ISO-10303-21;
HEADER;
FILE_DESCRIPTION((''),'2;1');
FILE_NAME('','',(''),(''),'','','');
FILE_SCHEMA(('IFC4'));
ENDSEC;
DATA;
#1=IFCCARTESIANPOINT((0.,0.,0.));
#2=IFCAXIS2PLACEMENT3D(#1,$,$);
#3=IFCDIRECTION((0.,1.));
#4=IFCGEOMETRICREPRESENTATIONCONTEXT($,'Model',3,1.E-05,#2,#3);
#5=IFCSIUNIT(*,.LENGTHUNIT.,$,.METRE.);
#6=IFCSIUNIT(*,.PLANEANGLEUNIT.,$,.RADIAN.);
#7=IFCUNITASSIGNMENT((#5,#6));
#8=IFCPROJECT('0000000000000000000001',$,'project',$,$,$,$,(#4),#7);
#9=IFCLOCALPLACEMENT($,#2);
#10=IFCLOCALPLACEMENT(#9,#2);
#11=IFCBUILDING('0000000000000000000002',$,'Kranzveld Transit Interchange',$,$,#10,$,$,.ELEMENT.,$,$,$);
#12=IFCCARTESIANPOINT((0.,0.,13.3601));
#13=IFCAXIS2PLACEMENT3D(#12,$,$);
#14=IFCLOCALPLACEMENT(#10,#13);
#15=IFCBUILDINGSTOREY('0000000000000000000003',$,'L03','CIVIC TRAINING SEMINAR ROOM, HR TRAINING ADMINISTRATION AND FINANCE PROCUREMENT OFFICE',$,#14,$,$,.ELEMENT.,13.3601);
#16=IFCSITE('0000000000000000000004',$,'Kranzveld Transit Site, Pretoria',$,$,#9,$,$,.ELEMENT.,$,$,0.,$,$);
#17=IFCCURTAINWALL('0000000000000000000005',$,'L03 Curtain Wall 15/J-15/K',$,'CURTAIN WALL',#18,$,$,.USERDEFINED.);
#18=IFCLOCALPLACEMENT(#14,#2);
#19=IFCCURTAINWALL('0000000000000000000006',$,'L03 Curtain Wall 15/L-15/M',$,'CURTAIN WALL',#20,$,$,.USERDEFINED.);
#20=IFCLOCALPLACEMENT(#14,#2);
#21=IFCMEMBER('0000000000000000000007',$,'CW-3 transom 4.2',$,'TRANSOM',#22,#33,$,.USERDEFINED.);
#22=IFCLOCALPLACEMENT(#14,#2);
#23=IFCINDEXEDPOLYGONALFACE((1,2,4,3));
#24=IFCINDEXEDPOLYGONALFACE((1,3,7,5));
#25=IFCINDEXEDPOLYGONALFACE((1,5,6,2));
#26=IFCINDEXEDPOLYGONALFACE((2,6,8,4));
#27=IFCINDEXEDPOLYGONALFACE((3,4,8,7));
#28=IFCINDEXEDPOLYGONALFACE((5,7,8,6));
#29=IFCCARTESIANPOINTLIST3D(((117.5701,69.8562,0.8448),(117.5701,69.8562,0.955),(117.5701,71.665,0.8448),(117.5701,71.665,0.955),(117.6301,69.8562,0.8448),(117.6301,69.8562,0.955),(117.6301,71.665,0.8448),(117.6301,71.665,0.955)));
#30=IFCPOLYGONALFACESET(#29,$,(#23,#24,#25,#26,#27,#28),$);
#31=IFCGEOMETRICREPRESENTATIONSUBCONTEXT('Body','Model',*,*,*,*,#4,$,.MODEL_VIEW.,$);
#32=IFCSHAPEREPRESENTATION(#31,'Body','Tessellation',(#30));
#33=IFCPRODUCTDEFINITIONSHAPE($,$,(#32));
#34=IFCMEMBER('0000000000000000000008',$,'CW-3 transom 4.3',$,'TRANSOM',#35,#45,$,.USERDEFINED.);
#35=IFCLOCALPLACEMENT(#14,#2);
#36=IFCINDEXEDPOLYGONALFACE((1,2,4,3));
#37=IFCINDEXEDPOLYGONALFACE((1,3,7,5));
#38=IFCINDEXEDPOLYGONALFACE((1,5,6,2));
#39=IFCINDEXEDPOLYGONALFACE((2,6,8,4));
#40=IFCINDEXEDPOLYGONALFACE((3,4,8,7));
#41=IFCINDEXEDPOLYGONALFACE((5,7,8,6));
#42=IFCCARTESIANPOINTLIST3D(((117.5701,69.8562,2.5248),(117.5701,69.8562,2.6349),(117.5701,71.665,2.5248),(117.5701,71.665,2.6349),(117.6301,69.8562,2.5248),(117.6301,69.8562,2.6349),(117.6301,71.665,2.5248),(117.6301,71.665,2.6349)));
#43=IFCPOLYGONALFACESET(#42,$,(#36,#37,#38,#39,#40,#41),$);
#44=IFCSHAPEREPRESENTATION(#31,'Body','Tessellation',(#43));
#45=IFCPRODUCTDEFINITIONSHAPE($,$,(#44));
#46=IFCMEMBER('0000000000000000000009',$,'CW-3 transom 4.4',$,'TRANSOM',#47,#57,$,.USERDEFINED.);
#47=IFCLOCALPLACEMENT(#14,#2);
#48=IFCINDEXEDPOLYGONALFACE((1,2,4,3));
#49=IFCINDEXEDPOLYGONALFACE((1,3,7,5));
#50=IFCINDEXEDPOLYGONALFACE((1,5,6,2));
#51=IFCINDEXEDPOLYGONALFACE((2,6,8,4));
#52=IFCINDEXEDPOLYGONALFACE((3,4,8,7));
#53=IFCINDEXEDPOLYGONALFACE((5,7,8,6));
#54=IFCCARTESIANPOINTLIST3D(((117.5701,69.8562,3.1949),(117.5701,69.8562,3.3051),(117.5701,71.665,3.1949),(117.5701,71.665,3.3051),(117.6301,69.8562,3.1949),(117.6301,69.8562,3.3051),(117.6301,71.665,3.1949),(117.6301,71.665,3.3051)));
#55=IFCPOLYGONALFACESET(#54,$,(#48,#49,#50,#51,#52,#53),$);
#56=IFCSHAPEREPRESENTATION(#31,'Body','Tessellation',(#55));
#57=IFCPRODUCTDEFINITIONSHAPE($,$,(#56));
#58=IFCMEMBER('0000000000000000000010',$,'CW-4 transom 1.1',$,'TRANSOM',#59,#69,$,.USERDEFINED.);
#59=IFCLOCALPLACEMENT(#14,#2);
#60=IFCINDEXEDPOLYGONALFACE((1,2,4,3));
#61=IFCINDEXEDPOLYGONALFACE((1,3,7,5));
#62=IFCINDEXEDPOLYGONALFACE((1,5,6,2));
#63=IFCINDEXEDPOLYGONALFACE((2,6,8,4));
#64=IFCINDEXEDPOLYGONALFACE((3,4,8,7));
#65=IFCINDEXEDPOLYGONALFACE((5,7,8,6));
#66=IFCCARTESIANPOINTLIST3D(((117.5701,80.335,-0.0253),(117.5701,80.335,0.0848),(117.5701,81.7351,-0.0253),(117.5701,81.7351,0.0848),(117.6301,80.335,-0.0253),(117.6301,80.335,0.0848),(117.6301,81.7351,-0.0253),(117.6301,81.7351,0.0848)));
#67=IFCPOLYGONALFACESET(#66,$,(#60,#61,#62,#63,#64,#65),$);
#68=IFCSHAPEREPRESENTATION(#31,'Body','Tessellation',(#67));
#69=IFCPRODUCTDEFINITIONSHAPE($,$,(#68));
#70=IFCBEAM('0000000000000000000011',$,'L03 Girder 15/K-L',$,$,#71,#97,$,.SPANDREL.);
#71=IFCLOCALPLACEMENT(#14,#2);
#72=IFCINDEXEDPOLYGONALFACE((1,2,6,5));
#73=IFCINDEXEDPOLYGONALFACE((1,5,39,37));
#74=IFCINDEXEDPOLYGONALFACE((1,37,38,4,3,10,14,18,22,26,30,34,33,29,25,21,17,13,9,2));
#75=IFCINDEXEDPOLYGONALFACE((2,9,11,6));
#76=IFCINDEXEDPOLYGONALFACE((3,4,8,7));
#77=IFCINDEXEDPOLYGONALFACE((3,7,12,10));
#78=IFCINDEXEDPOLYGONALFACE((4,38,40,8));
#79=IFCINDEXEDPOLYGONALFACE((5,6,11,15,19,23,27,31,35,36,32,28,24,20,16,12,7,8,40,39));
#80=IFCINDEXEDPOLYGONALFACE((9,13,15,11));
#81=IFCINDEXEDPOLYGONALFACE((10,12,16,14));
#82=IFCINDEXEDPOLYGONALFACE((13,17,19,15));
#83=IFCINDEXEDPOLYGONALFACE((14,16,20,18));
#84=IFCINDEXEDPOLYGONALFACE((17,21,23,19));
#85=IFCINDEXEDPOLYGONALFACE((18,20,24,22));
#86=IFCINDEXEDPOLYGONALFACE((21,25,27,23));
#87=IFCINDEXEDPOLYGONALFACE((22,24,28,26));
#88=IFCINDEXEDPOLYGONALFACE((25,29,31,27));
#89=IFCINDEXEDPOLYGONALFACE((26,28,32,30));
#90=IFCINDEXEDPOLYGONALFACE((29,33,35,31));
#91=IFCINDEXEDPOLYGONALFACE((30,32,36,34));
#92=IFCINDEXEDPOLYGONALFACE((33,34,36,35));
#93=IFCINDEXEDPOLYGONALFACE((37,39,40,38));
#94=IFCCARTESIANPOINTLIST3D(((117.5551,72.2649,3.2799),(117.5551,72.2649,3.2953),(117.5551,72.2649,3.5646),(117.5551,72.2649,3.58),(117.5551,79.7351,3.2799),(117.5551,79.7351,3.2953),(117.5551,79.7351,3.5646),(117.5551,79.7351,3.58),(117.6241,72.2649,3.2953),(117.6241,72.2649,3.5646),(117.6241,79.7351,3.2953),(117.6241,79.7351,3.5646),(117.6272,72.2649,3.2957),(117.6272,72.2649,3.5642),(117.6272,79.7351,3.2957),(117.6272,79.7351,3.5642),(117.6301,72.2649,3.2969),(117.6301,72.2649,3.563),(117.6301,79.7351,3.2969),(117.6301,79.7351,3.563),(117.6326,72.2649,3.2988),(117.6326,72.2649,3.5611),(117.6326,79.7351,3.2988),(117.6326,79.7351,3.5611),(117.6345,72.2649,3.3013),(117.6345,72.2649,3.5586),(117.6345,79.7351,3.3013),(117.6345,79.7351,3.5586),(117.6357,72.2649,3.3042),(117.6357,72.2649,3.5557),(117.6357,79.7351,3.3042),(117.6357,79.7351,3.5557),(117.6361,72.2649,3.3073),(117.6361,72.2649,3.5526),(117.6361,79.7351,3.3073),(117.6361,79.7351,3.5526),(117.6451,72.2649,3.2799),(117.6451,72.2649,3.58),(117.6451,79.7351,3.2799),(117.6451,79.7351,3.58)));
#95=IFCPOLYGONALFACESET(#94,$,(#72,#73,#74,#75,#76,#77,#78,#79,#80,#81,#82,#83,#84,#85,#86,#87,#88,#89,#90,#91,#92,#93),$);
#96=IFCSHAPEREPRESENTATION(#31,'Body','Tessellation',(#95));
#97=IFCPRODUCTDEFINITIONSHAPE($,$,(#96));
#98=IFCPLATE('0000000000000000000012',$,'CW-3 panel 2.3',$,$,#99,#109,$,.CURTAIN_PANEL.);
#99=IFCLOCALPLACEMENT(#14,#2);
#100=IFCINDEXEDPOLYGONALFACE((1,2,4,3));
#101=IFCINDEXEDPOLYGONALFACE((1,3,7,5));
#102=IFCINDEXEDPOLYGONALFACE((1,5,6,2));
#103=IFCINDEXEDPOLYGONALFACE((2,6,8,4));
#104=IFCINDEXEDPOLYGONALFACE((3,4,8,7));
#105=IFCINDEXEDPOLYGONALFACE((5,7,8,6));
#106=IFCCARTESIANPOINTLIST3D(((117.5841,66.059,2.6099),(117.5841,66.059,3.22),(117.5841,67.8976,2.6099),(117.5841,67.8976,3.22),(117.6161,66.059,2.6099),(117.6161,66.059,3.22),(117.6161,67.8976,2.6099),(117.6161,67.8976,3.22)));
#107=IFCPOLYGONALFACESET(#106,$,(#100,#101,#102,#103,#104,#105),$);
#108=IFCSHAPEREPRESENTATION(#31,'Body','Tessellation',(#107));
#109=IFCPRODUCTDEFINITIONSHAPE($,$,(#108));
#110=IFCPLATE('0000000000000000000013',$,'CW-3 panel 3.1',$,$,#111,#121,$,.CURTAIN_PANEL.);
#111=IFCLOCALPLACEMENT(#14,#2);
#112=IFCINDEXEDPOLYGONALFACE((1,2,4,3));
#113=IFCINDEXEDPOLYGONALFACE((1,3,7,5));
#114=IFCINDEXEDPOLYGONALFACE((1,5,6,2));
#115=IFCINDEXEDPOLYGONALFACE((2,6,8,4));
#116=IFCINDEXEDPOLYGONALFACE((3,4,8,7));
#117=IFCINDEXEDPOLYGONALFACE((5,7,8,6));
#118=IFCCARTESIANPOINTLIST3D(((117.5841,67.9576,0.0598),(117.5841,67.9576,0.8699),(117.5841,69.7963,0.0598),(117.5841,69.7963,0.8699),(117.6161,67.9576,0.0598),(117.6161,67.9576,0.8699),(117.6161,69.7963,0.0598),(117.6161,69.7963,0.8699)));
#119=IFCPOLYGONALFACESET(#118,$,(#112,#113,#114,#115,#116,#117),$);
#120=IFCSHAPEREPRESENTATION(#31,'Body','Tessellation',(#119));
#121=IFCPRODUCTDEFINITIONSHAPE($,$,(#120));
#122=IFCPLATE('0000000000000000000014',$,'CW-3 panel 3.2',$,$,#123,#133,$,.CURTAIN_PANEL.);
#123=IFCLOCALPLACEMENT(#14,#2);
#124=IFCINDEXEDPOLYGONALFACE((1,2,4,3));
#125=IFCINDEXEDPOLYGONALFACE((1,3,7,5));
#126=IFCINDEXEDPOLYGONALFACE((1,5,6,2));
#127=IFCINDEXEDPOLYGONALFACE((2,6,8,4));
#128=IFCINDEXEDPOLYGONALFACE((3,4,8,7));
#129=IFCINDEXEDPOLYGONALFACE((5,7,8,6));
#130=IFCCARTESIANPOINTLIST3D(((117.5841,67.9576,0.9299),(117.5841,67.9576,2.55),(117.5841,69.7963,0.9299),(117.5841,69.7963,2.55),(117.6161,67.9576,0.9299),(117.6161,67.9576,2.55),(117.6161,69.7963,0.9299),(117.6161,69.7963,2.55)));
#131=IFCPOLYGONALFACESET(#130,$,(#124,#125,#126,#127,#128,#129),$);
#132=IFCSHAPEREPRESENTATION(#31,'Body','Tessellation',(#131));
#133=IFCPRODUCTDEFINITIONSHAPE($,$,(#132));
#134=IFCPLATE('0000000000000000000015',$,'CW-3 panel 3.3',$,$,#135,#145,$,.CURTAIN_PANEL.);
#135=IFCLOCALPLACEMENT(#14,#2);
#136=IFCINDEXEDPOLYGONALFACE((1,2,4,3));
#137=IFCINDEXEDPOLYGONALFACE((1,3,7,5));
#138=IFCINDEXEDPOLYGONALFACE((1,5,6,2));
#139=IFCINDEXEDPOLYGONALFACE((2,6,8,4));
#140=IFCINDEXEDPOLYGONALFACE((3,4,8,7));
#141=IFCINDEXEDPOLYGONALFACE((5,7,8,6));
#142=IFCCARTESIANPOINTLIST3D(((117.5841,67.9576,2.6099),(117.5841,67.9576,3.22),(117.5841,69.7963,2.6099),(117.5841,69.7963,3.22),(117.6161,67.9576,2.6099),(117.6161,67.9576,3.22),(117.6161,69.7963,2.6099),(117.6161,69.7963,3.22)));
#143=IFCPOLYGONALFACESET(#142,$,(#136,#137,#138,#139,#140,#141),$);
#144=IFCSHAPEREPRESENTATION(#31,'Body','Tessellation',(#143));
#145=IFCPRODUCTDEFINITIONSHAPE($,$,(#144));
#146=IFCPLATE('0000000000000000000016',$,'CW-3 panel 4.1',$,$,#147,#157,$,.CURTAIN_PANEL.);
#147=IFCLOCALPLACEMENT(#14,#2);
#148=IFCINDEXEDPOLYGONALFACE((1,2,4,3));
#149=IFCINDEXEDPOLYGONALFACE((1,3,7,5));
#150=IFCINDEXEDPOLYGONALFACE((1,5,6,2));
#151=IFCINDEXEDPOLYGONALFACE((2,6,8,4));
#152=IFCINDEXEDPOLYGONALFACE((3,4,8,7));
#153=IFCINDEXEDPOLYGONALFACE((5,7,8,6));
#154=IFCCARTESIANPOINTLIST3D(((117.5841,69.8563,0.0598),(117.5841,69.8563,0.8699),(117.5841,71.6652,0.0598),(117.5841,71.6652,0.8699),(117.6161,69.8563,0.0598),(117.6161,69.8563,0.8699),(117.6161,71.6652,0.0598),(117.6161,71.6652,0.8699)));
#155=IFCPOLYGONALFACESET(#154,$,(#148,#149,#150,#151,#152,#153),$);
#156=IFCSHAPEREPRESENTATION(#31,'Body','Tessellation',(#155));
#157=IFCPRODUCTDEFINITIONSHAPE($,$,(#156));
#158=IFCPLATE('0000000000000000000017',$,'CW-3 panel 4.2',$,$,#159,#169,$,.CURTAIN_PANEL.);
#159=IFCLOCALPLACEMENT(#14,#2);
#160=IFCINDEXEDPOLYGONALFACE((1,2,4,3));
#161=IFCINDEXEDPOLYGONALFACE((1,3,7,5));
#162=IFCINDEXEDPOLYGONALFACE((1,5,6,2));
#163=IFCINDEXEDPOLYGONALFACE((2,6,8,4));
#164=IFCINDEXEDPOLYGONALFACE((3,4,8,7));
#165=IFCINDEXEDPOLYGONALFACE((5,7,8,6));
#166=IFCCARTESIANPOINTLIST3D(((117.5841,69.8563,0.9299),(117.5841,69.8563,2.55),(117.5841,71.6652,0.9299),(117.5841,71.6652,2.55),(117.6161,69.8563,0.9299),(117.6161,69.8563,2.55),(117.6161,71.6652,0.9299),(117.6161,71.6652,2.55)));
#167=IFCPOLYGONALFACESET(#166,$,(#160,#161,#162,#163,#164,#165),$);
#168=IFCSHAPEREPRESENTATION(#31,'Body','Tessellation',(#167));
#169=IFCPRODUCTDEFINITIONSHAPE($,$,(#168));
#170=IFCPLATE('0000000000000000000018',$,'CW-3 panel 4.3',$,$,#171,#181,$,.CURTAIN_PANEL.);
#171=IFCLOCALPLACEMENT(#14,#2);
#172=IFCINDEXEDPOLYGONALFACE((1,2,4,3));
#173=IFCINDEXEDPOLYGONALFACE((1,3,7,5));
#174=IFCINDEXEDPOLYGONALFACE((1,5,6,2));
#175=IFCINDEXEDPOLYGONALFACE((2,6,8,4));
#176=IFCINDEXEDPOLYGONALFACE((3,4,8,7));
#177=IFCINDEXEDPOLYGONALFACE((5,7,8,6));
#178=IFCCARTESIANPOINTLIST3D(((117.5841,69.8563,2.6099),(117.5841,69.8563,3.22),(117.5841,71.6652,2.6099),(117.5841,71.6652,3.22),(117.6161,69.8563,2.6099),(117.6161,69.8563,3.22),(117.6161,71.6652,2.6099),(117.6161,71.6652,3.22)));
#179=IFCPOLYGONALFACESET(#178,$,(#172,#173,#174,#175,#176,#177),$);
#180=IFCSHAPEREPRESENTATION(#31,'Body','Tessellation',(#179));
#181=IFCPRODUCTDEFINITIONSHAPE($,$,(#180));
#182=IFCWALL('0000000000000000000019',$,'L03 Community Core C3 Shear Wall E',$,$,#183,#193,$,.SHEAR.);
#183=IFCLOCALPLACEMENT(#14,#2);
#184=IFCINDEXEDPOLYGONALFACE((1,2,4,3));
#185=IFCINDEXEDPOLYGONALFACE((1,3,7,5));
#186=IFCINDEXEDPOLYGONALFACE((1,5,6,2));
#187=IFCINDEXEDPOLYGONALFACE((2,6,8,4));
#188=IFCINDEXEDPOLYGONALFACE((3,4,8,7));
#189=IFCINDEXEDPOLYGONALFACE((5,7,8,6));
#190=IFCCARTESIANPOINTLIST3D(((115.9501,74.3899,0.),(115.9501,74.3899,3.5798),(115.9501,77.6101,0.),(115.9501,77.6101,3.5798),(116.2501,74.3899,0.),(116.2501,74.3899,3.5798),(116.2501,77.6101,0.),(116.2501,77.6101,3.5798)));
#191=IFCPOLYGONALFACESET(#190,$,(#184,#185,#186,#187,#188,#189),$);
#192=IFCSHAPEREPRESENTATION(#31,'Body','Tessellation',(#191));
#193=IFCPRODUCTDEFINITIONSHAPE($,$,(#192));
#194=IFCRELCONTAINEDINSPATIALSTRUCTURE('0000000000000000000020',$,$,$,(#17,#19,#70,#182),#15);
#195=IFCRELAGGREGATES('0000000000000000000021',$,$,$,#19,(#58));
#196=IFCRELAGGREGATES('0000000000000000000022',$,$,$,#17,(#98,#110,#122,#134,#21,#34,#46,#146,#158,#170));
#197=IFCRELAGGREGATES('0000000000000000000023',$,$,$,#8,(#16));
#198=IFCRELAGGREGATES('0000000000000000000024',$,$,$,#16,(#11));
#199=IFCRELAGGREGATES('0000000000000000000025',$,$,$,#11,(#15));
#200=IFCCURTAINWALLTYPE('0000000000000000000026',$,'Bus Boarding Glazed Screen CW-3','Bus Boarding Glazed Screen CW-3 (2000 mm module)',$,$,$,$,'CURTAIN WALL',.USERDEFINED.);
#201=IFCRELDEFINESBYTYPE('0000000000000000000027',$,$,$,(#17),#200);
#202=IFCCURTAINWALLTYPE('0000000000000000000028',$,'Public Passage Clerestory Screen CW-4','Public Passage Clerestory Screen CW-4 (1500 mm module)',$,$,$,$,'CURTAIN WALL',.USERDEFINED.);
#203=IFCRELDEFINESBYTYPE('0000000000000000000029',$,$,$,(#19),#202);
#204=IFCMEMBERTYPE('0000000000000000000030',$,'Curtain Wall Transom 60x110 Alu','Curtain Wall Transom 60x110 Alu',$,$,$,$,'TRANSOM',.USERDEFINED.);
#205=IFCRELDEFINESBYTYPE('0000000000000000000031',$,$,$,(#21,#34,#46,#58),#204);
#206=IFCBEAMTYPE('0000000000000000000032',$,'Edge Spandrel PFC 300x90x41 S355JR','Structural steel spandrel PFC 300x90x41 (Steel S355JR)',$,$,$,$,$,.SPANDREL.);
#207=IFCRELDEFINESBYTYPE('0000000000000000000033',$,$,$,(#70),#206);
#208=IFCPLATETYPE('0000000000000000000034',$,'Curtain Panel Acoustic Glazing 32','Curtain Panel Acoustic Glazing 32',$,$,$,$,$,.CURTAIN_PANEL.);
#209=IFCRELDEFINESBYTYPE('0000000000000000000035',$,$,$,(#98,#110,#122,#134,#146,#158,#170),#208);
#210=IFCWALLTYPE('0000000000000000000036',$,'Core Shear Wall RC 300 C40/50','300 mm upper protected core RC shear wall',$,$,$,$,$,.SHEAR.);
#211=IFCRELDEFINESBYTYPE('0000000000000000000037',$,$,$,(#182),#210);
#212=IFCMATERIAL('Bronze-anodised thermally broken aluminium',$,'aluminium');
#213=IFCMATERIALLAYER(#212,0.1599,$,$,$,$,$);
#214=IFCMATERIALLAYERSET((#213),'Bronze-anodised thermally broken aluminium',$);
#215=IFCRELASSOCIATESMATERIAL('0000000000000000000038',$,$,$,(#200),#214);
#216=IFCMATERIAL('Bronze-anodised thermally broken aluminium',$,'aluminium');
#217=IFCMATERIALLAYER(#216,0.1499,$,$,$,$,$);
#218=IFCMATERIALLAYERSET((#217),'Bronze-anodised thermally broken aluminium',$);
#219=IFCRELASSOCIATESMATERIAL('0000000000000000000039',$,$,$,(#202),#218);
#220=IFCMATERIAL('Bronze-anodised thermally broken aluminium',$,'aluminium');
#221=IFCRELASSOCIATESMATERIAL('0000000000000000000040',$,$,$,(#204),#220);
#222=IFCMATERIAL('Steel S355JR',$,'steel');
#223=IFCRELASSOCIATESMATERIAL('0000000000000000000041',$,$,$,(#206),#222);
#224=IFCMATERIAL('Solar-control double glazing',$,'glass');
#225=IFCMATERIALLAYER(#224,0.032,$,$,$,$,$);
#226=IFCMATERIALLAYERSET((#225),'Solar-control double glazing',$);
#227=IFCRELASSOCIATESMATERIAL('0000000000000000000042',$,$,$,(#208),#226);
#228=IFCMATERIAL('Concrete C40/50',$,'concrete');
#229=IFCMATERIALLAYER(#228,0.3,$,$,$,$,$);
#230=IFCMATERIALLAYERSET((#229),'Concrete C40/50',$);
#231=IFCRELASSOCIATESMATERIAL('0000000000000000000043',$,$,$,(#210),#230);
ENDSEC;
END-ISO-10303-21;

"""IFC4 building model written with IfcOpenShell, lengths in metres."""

from ifc_helpers import new_model, si_unit, direction, frame, frame_2d, origin, origin_2d, place, context, subcontext, project, spatial, rectangle, u_section, extrude, material, layer, layer_set, material_profile, profile_set, type_object, element, aggregate, save


model = new_model("IFC4")

# Units and contexts
model_context = context("Model", 3, precision=1e-05, world=origin(), true_north=direction((0.0, 1.0)))
body_context = subcontext(model_context, "Body", "Model", "MODEL_VIEW")
ifc_project = project(units=[si_unit("LENGTHUNIT", "METRE"), si_unit("PLANEANGLEUNIT", "RADIAN")], contexts=[model_context])

# Site, building, storey
site_placement = place(None, origin())
site = spatial("IfcSite", under=ifc_project, at=site_placement, Name="Kranzveld Transit Site, Pretoria", CompositionType="ELEMENT", RefElevation=0.0)
building_placement = place(site_placement, origin())
building = spatial("IfcBuilding", under=site, at=building_placement, Name="Kranzveld Transit Interchange", CompositionType="ELEMENT")
storey_placement = place(building_placement, frame((0.0, 0.0, 13.3601)))
storey = spatial("IfcBuildingStorey", under=building, at=storey_placement, Name="L03", Description="CIVIC TRAINING SEMINAR ROOM, HR TRAINING ADMINISTRATION AND FINANCE PROCUREMENT OFFICE", CompositionType="ELEMENT", Elevation=13.3601)

# Curtain wall
ifc_material_1 = material(Name="Bronze-anodised thermally broken aluminium", Category="aluminium")
ifc_layer_1 = layer(ifc_material_1, 0.1599)
ifc_layer_set_1 = layer_set([ifc_layer_1], Name="Bronze-anodised thermally broken aluminium")
curtain_wall_type_1 = type_object("IfcCurtainWallType", Name="Bus Boarding Glazed Screen CW-3", Description="Bus Boarding Glazed Screen CW-3 (2000 mm module)", ElementType="CURTAIN WALL", PredefinedType="USERDEFINED", material=ifc_layer_set_1)
curtain_wall_1_placement = place(storey_placement, origin())
curtain_wall_1 = element("IfcCurtainWall", 1, at=curtain_wall_1_placement, inside=storey, type_object=curtain_wall_type_1, Name="L03 Curtain Wall 15/J-15/K", ObjectType="CURTAIN WALL", PredefinedType="USERDEFINED")

# Curtain wall
ifc_material_2 = material(Name="Bronze-anodised thermally broken aluminium", Category="aluminium")
ifc_layer_2 = layer(ifc_material_2, 0.1499)
ifc_layer_set_2 = layer_set([ifc_layer_2], Name="Bronze-anodised thermally broken aluminium")
curtain_wall_type_2 = type_object("IfcCurtainWallType", Name="Public Passage Clerestory Screen CW-4", Description="Public Passage Clerestory Screen CW-4 (1500 mm module)", ElementType="CURTAIN WALL", PredefinedType="USERDEFINED", material=ifc_layer_set_2)
curtain_wall_2_placement = place(storey_placement, origin())
curtain_wall_2 = element("IfcCurtainWall", 2, at=curtain_wall_2_placement, inside=storey, type_object=curtain_wall_type_2, Name="L03 Curtain Wall 15/L-15/M", ObjectType="CURTAIN WALL", PredefinedType="USERDEFINED")

# Members
ifc_material_3 = material(Name="Bronze-anodised thermally broken aluminium", Category="aluminium")
ifc_material_profile_1 = material_profile(ifc_material_3, rectangle(XDim=0.0601, YDim=0.1101, at=origin_2d()), Name="ALU TRANSOM 60x110")
ifc_profile_set_1 = profile_set([ifc_material_profile_1], Name="Bronze-anodised thermally broken aluminium")
member_type_1 = type_object("IfcMemberType", Name="Curtain Wall Transom 60x110 Alu", Description="Curtain Wall Transom 60x110 Alu", ElementType="TRANSOM", PredefinedType="USERDEFINED", material=ifc_profile_set_1)
member_1_placement = place(storey_placement, frame((117.6001, 69.8562, 0.8999), z_axis=(0.0, 1.0, 0.0), x_axis=(-1.0, 0.0, 0.0)))
member_1 = element("IfcMember", 3, at=member_1_placement, type_object=member_type_1, Name="CW-3 transom 4.2", ObjectType="TRANSOM", PredefinedType="USERDEFINED", context=body_context, shape_type="SweptSolid", body=[
    extrude(rectangle(XDim=0.0601, YDim=0.1101, at=origin_2d()), origin(), (0.0, 0.0, 1.0), 1.8088),
])
member_2_placement = place(storey_placement, frame((117.6001, 69.8562, 2.5798), z_axis=(0.0, 1.0, 0.0), x_axis=(-1.0, 0.0, 0.0)))
member_2 = element("IfcMember", 4, at=member_2_placement, type_object=member_type_1, Name="CW-3 transom 4.3", ObjectType="TRANSOM", PredefinedType="USERDEFINED", context=body_context, shape_type="SweptSolid", body=[
    extrude(rectangle(XDim=0.0601, YDim=0.1101, at=origin_2d()), origin(), (0.0, 0.0, 1.0), 1.8088),
])
member_3_placement = place(storey_placement, frame((117.6001, 69.8562, 3.25), z_axis=(0.0, 1.0, 0.0), x_axis=(-1.0, 0.0, 0.0)))
member_3 = element("IfcMember", 5, at=member_3_placement, type_object=member_type_1, Name="CW-3 transom 4.4", ObjectType="TRANSOM", PredefinedType="USERDEFINED", context=body_context, shape_type="SweptSolid", body=[
    extrude(rectangle(XDim=0.0601, YDim=0.1101, at=origin_2d()), origin(), (0.0, 0.0, 1.0), 1.8088),
])
member_4_placement = place(storey_placement, frame((117.6001, 80.335, 0.0298), z_axis=(0.0, 1.0, 0.0), x_axis=(-1.0, 0.0, 0.0)))
member_4 = element("IfcMember", 6, at=member_4_placement, type_object=member_type_1, Name="CW-4 transom 1.1", ObjectType="TRANSOM", PredefinedType="USERDEFINED", context=body_context, shape_type="SweptSolid", body=[
    extrude(rectangle(XDim=0.0601, YDim=0.1101, at=origin_2d()), origin(), (0.0, 0.0, 1.0), 1.4001),
])
aggregate(curtain_wall_2, [member_4])

# Beam
ifc_material_4 = material(Name="Steel S355JR", Category="steel")
ifc_material_profile_2 = material_profile(ifc_material_4, u_section(Depth=0.3, FlangeWidth=0.0901, WebThickness=0.009, FlangeThickness=0.0154, FilletRadius=0.012, at=origin_2d()), Name="PFC 300x90x41")
ifc_profile_set_2 = profile_set([ifc_material_profile_2], Name="Steel S355JR")
beam_type_1 = type_object("IfcBeamType", Name="Edge Spandrel PFC 300x90x41 S355JR", Description="Structural steel spandrel PFC 300x90x41 (Steel S355JR)", PredefinedType="SPANDREL", material=ifc_profile_set_2)
beam_1_placement = place(storey_placement, frame((117.6001, 72.2649, 3.4299), z_axis=(0.0, 1.0, 0.0), x_axis=(-1.0, 0.0, 0.0)))
element("IfcBeam", 7, at=beam_1_placement, inside=storey, type_object=beam_type_1, Name="L03 Girder 15/K-L", PredefinedType="SPANDREL", context=body_context, shape_type="SweptSolid", body=[
    extrude(u_section(Depth=0.3, FlangeWidth=0.0901, WebThickness=0.009, FlangeThickness=0.0154, FilletRadius=0.012, at=origin_2d()), origin(), (0.0, 0.0, 1.0), 7.4702),
])

# Plates
ifc_material_5 = material(Name="Solar-control double glazing", Category="glass")
ifc_layer_3 = layer(ifc_material_5, 0.032)
ifc_layer_set_3 = layer_set([ifc_layer_3], Name="Solar-control double glazing")
plate_type = type_object("IfcPlateType", Name="Curtain Panel Acoustic Glazing 32", Description="Curtain Panel Acoustic Glazing 32", PredefinedType="CURTAIN_PANEL", material=ifc_layer_set_3)
plate_1_placement = place(storey_placement, frame((117.6001, 66.9783, 2.6099), z_axis=(0.0, 0.0, 1.0), x_axis=(0.0, 1.0, 0.0)))
plate_1 = element("IfcPlate", 8, at=plate_1_placement, type_object=plate_type, Name="CW-3 panel 2.3", PredefinedType="CURTAIN_PANEL", context=body_context, shape_type="SweptSolid", body=[
    extrude(rectangle(XDim=1.8386, YDim=0.032, at=origin_2d()), origin(), (0.0, 0.0, 1.0), 0.6101),
])
plate_2_placement = place(storey_placement, frame((117.6001, 68.877, 0.0598), z_axis=(0.0, 0.0, 1.0), x_axis=(0.0, 1.0, 0.0)))
plate_2 = element("IfcPlate", 9, at=plate_2_placement, type_object=plate_type, Name="CW-3 panel 3.1", PredefinedType="CURTAIN_PANEL", context=body_context, shape_type="SweptSolid", body=[
    extrude(rectangle(XDim=1.8386, YDim=0.032, at=origin_2d()), origin(), (0.0, 0.0, 1.0), 0.8101),
])
plate_3_placement = place(storey_placement, frame((117.6001, 68.877, 0.9299), z_axis=(0.0, 0.0, 1.0), x_axis=(0.0, 1.0, 0.0)))
plate_3 = element("IfcPlate", 10, at=plate_3_placement, type_object=plate_type, Name="CW-3 panel 3.2", PredefinedType="CURTAIN_PANEL", context=body_context, shape_type="SweptSolid", body=[
    extrude(rectangle(XDim=1.8386, YDim=0.032, at=origin_2d()), origin(), (0.0, 0.0, 1.0), 1.6201),
])
plate_4_placement = place(storey_placement, frame((117.6001, 68.877, 2.6099), z_axis=(0.0, 0.0, 1.0), x_axis=(0.0, 1.0, 0.0)))
plate_4 = element("IfcPlate", 11, at=plate_4_placement, type_object=plate_type, Name="CW-3 panel 3.3", PredefinedType="CURTAIN_PANEL", context=body_context, shape_type="SweptSolid", body=[
    extrude(rectangle(XDim=1.8386, YDim=0.032, at=origin_2d()), origin(), (0.0, 0.0, 1.0), 0.6101),
])
plate_5_placement = place(storey_placement, frame((117.6001, 70.7607, 0.0598), z_axis=(0.0, 0.0, 1.0), x_axis=(0.0, 1.0, 0.0)))
plate_5 = element("IfcPlate", 12, at=plate_5_placement, type_object=plate_type, Name="CW-3 panel 4.1", PredefinedType="CURTAIN_PANEL", context=body_context, shape_type="SweptSolid", body=[
    extrude(rectangle(XDim=1.8088, YDim=0.032, at=origin_2d()), origin(), (0.0, 0.0, 1.0), 0.8101),
])
plate_6_placement = place(storey_placement, frame((117.6001, 70.7607, 0.9299), z_axis=(0.0, 0.0, 1.0), x_axis=(0.0, 1.0, 0.0)))
plate_6 = element("IfcPlate", 13, at=plate_6_placement, type_object=plate_type, Name="CW-3 panel 4.2", PredefinedType="CURTAIN_PANEL", context=body_context, shape_type="SweptSolid", body=[
    extrude(rectangle(XDim=1.8088, YDim=0.032, at=origin_2d()), origin(), (0.0, 0.0, 1.0), 1.6201),
])
plate_7_placement = place(storey_placement, frame((117.6001, 70.7607, 2.6099), z_axis=(0.0, 0.0, 1.0), x_axis=(0.0, 1.0, 0.0)))
plate_7 = element("IfcPlate", 14, at=plate_7_placement, type_object=plate_type, Name="CW-3 panel 4.3", PredefinedType="CURTAIN_PANEL", context=body_context, shape_type="SweptSolid", body=[
    extrude(rectangle(XDim=1.8088, YDim=0.032, at=origin_2d()), origin(), (0.0, 0.0, 1.0), 0.6101),
])
aggregate(curtain_wall_1, [plate_1, plate_2, plate_3, plate_4, member_1, member_2, member_3, plate_5, plate_6, plate_7])

# Wall
ifc_material_6 = material(Name="Concrete C40/50", Category="concrete")
ifc_layer_4 = layer(ifc_material_6, 0.3)
ifc_layer_set_4 = layer_set([ifc_layer_4], Name="Concrete C40/50")
wall_type_1 = type_object("IfcWallType", Name="Core Shear Wall RC 300 C40/50", Description="300 mm upper protected core RC shear wall", PredefinedType="SHEAR", material=ifc_layer_set_4)
wall_1_placement = place(storey_placement, frame((116.1001, 74.3899, 0.0), z_axis=(0.0, 0.0, 1.0), x_axis=(0.0, 1.0, 0.0)))
element("IfcWall", 15, at=wall_1_placement, inside=storey, type_object=wall_type_1, Name="L03 Community Core C3 Shear Wall E", PredefinedType="SHEAR", context=body_context, shape_type="SweptSolid", body=[
    extrude(rectangle(XDim=3.2202, YDim=0.3, at=frame_2d((1.6101, 0.0))), origin(), (0.0, 0.0, 1.0), 3.5798),
])

save(model, "model.ifc")
